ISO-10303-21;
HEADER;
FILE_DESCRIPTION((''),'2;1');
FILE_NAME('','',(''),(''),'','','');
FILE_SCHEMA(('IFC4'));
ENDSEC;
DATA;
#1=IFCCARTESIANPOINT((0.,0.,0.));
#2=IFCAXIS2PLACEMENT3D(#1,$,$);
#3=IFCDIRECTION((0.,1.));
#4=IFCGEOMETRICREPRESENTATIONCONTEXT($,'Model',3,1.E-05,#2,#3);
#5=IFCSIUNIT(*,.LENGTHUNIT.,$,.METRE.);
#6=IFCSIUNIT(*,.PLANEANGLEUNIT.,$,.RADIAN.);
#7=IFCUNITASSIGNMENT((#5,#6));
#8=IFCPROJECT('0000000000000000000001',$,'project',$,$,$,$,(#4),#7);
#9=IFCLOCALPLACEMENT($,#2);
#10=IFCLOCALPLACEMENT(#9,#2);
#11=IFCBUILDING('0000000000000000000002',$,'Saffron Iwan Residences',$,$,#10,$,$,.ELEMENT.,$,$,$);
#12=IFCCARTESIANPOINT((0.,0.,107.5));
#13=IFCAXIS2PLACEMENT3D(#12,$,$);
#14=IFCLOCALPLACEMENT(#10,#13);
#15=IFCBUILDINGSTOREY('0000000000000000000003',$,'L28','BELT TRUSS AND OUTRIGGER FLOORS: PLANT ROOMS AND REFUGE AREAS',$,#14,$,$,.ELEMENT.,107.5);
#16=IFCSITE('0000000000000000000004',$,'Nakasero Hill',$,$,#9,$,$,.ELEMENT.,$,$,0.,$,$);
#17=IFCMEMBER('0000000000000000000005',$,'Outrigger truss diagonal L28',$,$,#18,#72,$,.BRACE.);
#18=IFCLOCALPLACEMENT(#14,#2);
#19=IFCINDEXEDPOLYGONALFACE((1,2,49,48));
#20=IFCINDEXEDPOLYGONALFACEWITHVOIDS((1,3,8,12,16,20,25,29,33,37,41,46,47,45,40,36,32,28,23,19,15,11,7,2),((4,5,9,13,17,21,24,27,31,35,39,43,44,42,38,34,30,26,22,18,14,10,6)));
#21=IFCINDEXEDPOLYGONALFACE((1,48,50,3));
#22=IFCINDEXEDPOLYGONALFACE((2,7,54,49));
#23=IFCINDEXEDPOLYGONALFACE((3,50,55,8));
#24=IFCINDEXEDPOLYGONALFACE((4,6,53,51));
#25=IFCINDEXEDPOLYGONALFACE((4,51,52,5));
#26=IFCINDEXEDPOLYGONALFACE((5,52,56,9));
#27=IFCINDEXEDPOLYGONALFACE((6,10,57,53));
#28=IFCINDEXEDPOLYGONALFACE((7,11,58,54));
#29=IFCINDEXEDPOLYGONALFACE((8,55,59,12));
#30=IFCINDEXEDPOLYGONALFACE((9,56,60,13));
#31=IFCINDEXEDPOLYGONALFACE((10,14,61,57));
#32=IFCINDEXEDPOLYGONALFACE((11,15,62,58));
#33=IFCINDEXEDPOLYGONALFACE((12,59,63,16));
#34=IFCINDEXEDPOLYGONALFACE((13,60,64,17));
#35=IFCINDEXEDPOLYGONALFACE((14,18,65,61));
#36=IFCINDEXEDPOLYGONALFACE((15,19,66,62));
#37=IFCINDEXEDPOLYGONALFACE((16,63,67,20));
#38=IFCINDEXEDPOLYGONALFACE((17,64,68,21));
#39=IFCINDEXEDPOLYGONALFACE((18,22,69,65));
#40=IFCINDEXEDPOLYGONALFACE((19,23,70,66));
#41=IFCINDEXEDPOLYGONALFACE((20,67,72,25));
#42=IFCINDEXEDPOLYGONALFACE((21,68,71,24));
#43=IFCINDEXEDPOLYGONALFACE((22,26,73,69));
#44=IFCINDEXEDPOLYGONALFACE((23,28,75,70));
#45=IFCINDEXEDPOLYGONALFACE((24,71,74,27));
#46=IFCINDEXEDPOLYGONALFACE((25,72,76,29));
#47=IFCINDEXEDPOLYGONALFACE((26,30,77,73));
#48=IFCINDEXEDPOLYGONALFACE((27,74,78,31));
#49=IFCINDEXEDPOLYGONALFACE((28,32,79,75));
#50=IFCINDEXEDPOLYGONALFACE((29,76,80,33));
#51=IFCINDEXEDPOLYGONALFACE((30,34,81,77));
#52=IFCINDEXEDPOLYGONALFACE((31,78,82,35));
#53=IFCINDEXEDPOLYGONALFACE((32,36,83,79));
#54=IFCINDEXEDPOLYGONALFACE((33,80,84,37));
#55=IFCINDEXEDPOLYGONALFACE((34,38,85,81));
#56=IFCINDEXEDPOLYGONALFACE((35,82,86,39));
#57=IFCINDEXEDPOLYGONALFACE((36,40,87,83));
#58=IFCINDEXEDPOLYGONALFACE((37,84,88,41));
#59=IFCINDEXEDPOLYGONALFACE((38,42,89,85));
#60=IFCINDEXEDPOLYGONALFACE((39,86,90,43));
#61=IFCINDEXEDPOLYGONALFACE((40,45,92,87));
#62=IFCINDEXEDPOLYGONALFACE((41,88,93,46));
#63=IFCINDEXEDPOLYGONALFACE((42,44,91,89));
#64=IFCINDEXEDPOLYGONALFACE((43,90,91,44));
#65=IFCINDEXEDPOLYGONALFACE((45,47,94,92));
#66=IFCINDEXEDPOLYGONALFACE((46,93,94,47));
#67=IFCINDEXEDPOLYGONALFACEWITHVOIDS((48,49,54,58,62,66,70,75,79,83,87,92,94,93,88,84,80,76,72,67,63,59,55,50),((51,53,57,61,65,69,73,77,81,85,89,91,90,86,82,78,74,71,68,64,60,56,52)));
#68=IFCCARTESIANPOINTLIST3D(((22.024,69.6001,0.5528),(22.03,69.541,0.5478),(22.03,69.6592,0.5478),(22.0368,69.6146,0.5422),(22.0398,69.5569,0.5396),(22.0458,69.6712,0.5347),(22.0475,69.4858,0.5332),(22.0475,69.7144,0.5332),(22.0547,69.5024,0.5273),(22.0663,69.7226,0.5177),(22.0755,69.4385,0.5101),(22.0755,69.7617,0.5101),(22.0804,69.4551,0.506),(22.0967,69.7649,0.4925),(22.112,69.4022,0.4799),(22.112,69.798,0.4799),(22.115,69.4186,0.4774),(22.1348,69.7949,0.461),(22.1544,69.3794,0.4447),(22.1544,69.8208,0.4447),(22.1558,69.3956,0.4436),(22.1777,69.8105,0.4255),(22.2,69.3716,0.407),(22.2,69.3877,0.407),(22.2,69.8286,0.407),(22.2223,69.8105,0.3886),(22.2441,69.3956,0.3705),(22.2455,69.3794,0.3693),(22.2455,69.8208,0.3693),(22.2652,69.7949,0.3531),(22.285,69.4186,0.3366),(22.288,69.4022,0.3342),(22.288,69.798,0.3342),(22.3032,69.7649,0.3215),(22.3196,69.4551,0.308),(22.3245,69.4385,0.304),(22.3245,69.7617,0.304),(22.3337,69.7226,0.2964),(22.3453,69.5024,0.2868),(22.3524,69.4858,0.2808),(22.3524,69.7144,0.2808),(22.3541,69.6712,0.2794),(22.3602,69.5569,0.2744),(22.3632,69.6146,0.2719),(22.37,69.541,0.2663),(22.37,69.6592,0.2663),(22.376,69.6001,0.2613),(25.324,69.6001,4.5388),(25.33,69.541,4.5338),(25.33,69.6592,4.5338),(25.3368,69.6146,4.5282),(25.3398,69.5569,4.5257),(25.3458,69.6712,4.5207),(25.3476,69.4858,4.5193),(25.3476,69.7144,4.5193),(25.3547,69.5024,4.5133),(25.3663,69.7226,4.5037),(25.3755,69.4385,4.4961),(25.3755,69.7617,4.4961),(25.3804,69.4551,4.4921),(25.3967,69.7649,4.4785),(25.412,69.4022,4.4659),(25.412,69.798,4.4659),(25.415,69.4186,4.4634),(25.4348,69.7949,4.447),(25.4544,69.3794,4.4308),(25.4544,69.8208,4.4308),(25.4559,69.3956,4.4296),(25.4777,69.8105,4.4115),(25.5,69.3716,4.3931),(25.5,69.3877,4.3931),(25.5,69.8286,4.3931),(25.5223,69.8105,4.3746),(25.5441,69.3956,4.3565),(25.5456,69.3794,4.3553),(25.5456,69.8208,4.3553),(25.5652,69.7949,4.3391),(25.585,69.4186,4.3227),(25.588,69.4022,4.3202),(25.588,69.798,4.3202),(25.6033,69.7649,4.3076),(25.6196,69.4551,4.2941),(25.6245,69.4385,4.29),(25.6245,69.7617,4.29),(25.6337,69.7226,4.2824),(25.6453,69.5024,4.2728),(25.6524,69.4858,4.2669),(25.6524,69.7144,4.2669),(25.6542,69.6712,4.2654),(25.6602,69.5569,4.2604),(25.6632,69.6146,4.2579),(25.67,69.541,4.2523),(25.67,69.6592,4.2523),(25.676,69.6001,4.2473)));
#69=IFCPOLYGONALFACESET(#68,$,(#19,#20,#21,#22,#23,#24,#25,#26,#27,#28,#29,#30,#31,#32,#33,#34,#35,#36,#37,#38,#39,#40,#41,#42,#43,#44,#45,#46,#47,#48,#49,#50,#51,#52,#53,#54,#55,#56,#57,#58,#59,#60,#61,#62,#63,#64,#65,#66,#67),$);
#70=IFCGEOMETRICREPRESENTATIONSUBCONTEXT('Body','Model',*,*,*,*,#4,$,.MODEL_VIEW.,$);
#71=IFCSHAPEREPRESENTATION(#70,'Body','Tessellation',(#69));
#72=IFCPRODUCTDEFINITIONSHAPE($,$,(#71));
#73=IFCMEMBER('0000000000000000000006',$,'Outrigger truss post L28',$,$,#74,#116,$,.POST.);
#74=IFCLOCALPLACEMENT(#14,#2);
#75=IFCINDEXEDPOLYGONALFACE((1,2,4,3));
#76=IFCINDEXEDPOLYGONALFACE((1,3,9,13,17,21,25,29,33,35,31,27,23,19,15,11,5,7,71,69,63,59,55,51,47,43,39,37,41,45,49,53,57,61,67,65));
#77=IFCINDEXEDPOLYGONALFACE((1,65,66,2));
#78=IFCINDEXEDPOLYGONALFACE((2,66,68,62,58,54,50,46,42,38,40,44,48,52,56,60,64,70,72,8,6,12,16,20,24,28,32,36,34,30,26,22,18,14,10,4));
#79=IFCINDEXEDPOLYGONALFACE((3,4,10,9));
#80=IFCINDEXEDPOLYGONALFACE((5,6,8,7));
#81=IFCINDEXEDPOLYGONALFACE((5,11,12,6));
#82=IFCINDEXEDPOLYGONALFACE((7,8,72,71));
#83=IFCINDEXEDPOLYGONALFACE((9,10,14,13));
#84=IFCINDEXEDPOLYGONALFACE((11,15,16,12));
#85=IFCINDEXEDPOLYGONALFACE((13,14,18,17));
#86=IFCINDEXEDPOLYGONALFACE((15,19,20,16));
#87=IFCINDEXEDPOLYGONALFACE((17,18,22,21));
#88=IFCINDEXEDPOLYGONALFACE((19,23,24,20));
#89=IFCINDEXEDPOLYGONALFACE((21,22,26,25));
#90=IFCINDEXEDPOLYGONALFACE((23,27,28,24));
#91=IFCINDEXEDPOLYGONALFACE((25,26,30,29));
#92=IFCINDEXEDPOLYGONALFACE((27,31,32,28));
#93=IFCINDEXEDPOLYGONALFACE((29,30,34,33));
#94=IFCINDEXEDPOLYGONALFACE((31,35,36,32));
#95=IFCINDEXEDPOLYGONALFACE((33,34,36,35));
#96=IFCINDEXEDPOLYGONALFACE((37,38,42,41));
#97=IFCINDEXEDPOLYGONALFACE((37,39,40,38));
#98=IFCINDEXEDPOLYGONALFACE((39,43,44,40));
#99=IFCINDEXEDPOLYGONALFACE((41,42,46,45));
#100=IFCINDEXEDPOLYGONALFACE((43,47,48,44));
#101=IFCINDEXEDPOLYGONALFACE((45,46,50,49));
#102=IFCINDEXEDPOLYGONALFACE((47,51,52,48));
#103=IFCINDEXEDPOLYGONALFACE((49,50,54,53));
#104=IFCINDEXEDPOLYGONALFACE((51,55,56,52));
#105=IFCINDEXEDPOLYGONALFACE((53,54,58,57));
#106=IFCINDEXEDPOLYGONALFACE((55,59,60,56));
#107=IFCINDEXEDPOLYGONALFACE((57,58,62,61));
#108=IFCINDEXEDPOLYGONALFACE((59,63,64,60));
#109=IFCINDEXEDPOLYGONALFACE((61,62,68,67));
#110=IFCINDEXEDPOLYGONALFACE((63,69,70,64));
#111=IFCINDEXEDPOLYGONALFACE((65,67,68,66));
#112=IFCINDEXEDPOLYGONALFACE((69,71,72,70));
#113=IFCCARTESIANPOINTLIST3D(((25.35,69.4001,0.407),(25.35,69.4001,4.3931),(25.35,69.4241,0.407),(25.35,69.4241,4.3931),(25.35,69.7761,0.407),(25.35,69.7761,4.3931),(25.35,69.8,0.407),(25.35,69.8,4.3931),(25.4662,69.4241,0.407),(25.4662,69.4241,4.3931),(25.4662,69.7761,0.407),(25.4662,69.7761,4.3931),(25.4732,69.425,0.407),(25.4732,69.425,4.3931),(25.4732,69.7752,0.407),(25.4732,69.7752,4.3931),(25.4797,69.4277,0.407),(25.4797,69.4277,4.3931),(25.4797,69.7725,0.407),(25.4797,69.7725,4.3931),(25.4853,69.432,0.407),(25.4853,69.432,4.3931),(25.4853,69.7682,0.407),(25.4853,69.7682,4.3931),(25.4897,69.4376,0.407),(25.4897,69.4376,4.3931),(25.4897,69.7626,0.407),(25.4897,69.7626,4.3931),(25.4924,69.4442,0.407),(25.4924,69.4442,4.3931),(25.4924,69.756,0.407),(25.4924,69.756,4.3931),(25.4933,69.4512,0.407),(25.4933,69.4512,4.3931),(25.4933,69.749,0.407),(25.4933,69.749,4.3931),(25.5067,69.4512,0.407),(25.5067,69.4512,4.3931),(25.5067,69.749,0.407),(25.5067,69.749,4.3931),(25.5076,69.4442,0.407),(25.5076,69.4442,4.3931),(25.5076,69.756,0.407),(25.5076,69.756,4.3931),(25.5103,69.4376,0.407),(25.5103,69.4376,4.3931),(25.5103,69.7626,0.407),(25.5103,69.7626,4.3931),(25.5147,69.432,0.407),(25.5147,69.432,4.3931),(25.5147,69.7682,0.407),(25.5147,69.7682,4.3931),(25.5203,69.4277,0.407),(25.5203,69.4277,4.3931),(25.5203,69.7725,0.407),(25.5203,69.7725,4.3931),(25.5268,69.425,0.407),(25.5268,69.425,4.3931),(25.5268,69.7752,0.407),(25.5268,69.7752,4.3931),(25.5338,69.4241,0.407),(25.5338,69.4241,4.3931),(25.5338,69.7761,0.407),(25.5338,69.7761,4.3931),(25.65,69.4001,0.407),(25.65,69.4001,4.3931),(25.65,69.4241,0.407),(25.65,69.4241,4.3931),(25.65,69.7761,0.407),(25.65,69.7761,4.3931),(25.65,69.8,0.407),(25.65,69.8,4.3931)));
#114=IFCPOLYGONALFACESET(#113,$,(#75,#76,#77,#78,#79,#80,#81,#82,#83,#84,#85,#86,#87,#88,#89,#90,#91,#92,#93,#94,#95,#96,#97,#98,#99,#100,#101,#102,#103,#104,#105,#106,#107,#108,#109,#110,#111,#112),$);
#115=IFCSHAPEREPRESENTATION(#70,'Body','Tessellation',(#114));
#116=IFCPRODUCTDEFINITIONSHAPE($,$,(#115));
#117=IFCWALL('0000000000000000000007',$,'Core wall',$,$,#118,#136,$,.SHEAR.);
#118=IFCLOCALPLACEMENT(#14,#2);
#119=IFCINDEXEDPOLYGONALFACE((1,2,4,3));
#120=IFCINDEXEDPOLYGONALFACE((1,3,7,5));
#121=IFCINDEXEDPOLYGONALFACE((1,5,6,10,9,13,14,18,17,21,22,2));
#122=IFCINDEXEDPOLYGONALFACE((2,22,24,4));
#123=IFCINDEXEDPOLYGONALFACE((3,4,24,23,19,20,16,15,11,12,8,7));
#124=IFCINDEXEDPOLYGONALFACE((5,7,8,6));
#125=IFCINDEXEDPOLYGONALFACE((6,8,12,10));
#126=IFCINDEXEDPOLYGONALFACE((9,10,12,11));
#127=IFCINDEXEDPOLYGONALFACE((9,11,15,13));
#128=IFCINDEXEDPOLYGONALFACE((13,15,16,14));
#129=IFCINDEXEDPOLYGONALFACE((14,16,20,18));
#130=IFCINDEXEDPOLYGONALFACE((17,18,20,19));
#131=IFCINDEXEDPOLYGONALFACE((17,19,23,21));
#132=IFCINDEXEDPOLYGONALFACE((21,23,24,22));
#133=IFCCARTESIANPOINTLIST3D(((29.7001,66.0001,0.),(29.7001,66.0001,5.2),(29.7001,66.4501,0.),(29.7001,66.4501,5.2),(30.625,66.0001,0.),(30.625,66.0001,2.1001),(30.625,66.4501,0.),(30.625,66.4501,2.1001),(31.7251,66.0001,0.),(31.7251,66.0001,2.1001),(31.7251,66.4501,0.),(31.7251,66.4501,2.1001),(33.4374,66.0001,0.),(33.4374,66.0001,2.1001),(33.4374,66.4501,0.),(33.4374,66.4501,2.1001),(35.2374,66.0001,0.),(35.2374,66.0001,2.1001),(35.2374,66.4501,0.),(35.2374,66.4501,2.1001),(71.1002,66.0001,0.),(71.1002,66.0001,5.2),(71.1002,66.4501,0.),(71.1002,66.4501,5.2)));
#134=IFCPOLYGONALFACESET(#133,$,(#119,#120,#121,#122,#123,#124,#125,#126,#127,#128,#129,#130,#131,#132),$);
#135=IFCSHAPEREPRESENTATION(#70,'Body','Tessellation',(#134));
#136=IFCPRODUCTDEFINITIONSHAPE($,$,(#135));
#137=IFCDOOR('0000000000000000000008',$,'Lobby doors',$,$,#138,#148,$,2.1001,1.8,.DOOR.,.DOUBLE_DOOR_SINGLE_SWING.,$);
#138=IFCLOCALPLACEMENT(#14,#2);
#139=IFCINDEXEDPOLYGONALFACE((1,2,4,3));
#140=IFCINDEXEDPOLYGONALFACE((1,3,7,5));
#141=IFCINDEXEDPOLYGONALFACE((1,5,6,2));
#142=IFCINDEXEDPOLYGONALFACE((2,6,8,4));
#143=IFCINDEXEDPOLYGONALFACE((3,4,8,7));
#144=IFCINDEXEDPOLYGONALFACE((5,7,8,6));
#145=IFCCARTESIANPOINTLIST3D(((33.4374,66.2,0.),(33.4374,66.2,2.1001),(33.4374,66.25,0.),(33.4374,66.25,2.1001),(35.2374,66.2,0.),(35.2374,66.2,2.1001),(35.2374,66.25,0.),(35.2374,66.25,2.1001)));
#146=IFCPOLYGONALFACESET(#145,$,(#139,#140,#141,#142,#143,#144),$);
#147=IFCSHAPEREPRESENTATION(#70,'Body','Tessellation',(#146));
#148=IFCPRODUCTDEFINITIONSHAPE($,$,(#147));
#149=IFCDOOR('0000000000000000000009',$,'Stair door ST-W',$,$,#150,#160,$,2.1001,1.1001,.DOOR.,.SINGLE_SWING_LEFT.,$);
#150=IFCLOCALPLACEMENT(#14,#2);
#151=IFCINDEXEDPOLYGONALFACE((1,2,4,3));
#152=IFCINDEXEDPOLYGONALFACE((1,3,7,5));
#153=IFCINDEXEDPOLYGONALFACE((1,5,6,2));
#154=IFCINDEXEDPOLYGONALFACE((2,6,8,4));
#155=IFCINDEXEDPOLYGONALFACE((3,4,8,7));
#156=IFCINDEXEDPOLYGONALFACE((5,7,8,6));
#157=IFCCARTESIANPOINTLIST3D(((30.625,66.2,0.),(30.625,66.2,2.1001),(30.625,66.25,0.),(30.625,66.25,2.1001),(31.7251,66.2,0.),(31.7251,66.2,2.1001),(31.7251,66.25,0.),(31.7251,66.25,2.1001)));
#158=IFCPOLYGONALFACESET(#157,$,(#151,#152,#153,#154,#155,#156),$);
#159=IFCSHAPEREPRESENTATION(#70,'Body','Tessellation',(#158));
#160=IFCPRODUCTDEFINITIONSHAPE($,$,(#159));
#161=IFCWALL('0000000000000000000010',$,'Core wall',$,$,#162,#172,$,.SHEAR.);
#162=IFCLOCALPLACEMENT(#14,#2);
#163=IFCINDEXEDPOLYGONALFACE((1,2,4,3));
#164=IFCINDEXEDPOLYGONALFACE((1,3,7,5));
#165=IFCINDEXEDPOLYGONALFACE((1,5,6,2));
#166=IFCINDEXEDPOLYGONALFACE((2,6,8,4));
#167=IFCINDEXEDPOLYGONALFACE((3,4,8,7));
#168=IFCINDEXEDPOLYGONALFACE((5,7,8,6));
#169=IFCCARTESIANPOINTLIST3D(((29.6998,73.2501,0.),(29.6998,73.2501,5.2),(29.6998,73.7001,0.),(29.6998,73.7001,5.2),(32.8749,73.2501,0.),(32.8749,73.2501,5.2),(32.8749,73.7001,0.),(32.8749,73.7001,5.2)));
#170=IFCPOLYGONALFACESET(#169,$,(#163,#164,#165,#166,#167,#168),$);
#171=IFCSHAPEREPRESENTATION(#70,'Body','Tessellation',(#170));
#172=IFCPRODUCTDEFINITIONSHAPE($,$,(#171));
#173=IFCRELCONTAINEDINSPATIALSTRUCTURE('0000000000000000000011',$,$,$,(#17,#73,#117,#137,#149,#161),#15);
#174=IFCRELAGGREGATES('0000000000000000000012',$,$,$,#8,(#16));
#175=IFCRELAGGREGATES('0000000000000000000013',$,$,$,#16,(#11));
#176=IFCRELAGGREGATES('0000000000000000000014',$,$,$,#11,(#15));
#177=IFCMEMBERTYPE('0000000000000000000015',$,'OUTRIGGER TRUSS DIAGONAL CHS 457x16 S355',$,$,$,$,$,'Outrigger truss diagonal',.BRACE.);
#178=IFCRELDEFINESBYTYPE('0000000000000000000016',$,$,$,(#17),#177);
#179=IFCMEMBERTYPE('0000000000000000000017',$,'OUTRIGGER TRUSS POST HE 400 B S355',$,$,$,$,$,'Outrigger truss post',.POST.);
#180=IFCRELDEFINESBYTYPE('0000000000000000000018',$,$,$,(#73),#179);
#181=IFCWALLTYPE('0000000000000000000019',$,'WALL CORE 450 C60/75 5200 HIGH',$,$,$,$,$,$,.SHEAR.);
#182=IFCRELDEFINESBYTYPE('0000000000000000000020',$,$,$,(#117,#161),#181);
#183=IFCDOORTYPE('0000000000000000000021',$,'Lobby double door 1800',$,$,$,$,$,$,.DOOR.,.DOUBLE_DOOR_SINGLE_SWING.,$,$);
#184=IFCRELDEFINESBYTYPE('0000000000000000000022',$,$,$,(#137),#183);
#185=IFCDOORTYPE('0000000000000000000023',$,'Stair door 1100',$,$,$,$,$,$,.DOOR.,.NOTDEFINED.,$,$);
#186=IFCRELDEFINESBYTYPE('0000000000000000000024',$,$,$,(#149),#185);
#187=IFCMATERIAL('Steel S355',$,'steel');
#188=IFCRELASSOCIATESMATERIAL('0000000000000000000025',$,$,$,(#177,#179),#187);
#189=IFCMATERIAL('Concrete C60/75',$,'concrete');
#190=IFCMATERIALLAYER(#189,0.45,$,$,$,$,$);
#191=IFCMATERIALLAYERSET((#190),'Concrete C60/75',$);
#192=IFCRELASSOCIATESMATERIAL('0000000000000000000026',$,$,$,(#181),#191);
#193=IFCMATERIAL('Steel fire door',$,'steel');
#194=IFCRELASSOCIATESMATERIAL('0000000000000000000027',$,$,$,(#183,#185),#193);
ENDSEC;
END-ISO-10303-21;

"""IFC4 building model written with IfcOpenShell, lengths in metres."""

from ifc_helpers import new_model, si_unit, direction, frame, frame_2d, origin, origin_2d, place, context, subcontext, project, spatial, rectangle, hollow_circle, i_section, extrude, source, transform, mapped, material, layer, layer_set, material_profile, profile_set, type_object, element, fill, save


model = new_model("IFC4")

# Units and contexts
model_context = context("Model", 3, precision=1e-05, world=origin(), true_north=direction((0.0, 1.0)))
body_context = subcontext(model_context, "Body", "Model", "MODEL_VIEW")
ifc_project = project(units=[si_unit("LENGTHUNIT", "METRE"), si_unit("PLANEANGLEUNIT", "RADIAN")], contexts=[model_context])

# Site, building, storey
site_placement = place(None, origin())
site = spatial("IfcSite", under=ifc_project, at=site_placement, Name="Nakasero Hill", CompositionType="ELEMENT", RefElevation=0.0)
building_placement = place(site_placement, origin())
building = spatial("IfcBuilding", under=site, at=building_placement, Name="Saffron Iwan Residences", CompositionType="ELEMENT")
storey_placement = place(building_placement, frame((0.0, 0.0, 107.5)))
storey = spatial("IfcBuildingStorey", under=building, at=storey_placement, Name="L28", Description="BELT TRUSS AND OUTRIGGER FLOORS: PLANT ROOMS AND REFUGE AREAS", CompositionType="ELEMENT", Elevation=107.5)

# Shared definitions
ifc_material_1 = material(Name="Concrete C60/75", Category="concrete")

# Members
ifc_material_2 = material(Name="Steel S355", Category="steel")
ifc_material_profile_1 = material_profile(ifc_material_2, hollow_circle(Radius=0.2285, WallThickness=0.0161, at=origin_2d()), Name="CHS 457x16")
ifc_profile_set_1 = profile_set([ifc_material_profile_1], Name="Steel S355")
member_type_1 = type_object("IfcMemberType", Name="OUTRIGGER TRUSS DIAGONAL CHS 457x16 S355", ElementType="Outrigger truss diagonal", PredefinedType="BRACE", material=ifc_profile_set_1)
shared_shape_1 = source(origin(), body_context, "Body", "SweptSolid", [
    extrude(hollow_circle(Radius=0.2285, WallThickness=0.0161, at=origin_2d()), origin(), (0.0, 0.0, 1.0), 5.1748),
])
for number, where, z_axis, x_axis, name in (
    (1, (25.5, 69.6001, 4.3931), (-0.637708, 0.0, -0.770278), (0.0, -1.0, 0.0), "Outrigger truss diagonal L28"),
):
    element("IfcMember", number, at=place(storey_placement, frame(where, z_axis=z_axis, x_axis=x_axis)), inside=storey, type_object=member_type_1, Name=name, PredefinedType="BRACE", context=body_context, shape_type="MappedRepresentation", body=[
        mapped(shared_shape_1, transform((0.0, 0.0, 0.0))),
    ])
ifc_material_profile_2 = material_profile(ifc_material_2, i_section(OverallWidth=0.3, OverallDepth=0.3999, WebThickness=0.0134, FlangeThickness=0.0239, FilletRadius=0.0271, at=origin_2d()), Name="HE 400 B")
ifc_profile_set_2 = profile_set([ifc_material_profile_2], Name="Steel S355")
member_type_2 = type_object("IfcMemberType", Name="OUTRIGGER TRUSS POST HE 400 B S355", ElementType="Outrigger truss post", PredefinedType="POST", material=ifc_profile_set_2)
shared_shape_2 = source(origin(), body_context, "Body", "SweptSolid", [
    extrude(i_section(OverallWidth=0.3, OverallDepth=0.3999, WebThickness=0.0134, FlangeThickness=0.0239, FilletRadius=0.0271, at=origin_2d()), origin(), (0.0, 0.0, 1.0), 3.9861),
])
member_placement = place(storey_placement, frame((25.5, 69.6001, 0.407), z_axis=(0.0, 0.0, 1.0), x_axis=(1.0, 0.0, 0.0)))
element("IfcMember", 2, at=member_placement, inside=storey, type_object=member_type_2, Name="Outrigger truss post L28", PredefinedType="POST", context=body_context, shape_type="MappedRepresentation", body=[
    mapped(shared_shape_2, transform((0.0, 0.0, 0.0))),
])

# Wall, openings, doors
ifc_layer_1 = layer(ifc_material_1, 0.45)
ifc_layer_set_1 = layer_set([ifc_layer_1], Name="Concrete C60/75")
wall_type_1 = type_object("IfcWallType", Name="WALL CORE 450 C60/75 5200 HIGH", PredefinedType="SHEAR", material=ifc_layer_set_1)
wall_1_placement = place(storey_placement, frame((29.7, 66.2251, 0.0), z_axis=(0.0, 0.0, 1.0), x_axis=(1.0, 0.0, 0.0)))
wall_1 = element("IfcWall", 3, at=wall_1_placement, inside=storey, type_object=wall_type_1, Name="Core wall", PredefinedType="SHEAR", context=body_context, shape_type="SweptSolid", body=[
    extrude(rectangle(XDim=41.4001, YDim=0.45, at=frame_2d((20.7002, 0.0))), origin(), (0.0, 0.0, 1.0), 5.2),
])
opening_1_placement = place(wall_1_placement, frame((0.925, 0.0, 0.0)))
opening_1 = element("IfcOpeningElement", 4, at=opening_1_placement, cuts=wall_1, PredefinedType="OPENING", context=body_context, shape_type="SweptSolid", body=[
    extrude(rectangle(XDim=1.1001, YDim=2.1001, at=frame_2d((0.55, 1.05))), frame((0.0, 0.2349, 0.0), z_axis=(0.0, -1.0, 0.0), x_axis=(1.0, 0.0, 0.0)), (0.0, 0.0, 1.0), 0.47),
])
opening_2_placement = place(wall_1_placement, frame((3.7375, 0.0, 0.0)))
opening_2 = element("IfcOpeningElement", 5, at=opening_2_placement, cuts=wall_1, PredefinedType="OPENING", context=body_context, shape_type="SweptSolid", body=[
    extrude(rectangle(XDim=1.8, YDim=2.1001, at=frame_2d((0.8999, 1.05))), frame((0.0, 0.2349, 0.0), z_axis=(0.0, -1.0, 0.0), x_axis=(1.0, 0.0, 0.0)), (0.0, 0.0, 1.0), 0.47),
])
ifc_material_3 = material(Name="Steel fire door", Category="steel")
door_type_1 = type_object("IfcDoorType", Name="Lobby double door 1800", OperationType="DOUBLE_DOOR_SINGLE_SWING", PredefinedType="DOOR", material=ifc_material_3)
door_1_placement = place(opening_2_placement, origin())
door_1 = element("IfcDoor", 6, at=door_1_placement, inside=storey, type_object=door_type_1, Name="Lobby doors", OperationType="DOUBLE_DOOR_SINGLE_SWING", OverallHeight=2.1001, OverallWidth=1.8, PredefinedType="DOOR", context=body_context, shape_type="SweptSolid", body=[
    extrude(rectangle(XDim=1.8, YDim=2.1001, at=frame_2d((0.8999, 1.05))), frame((0.0, 0.0249, 0.0), z_axis=(0.0, -1.0, 0.0), x_axis=(1.0, 0.0, 0.0)), (0.0, 0.0, 1.0), 0.05),
])
fill(opening_2, door_1)
door_type_2 = type_object("IfcDoorType", Name="Stair door 1100", OperationType="NOTDEFINED", PredefinedType="DOOR", material=ifc_material_3)
door_2_placement = place(opening_1_placement, origin())
door_2 = element("IfcDoor", 7, at=door_2_placement, inside=storey, type_object=door_type_2, Name="Stair door ST-W", OperationType="SINGLE_SWING_LEFT", OverallHeight=2.1001, OverallWidth=1.1001, PredefinedType="DOOR", context=body_context, shape_type="SweptSolid", body=[
    extrude(rectangle(XDim=1.1001, YDim=2.1001, at=frame_2d((0.55, 1.05))), frame((0.0, 0.0249, 0.0), z_axis=(0.0, -1.0, 0.0), x_axis=(1.0, 0.0, 0.0)), (0.0, 0.0, 1.0), 0.05),
])
fill(opening_1, door_2)

# Wall
wall_2_placement = place(storey_placement, frame((29.7, 73.4751, 0.0), z_axis=(0.0, 0.0, 1.0), x_axis=(1.0, 0.0, 0.0)))
element("IfcWall", 8, at=wall_2_placement, inside=storey, type_object=wall_type_1, Name="Core wall", PredefinedType="SHEAR", context=body_context, shape_type="SweptSolid", body=[
    extrude(rectangle(XDim=3.175, YDim=0.45, at=frame_2d((1.5874, 0.0))), origin(), (0.0, 0.0, 1.0), 5.2),
])

save(model, "model.ifc")
